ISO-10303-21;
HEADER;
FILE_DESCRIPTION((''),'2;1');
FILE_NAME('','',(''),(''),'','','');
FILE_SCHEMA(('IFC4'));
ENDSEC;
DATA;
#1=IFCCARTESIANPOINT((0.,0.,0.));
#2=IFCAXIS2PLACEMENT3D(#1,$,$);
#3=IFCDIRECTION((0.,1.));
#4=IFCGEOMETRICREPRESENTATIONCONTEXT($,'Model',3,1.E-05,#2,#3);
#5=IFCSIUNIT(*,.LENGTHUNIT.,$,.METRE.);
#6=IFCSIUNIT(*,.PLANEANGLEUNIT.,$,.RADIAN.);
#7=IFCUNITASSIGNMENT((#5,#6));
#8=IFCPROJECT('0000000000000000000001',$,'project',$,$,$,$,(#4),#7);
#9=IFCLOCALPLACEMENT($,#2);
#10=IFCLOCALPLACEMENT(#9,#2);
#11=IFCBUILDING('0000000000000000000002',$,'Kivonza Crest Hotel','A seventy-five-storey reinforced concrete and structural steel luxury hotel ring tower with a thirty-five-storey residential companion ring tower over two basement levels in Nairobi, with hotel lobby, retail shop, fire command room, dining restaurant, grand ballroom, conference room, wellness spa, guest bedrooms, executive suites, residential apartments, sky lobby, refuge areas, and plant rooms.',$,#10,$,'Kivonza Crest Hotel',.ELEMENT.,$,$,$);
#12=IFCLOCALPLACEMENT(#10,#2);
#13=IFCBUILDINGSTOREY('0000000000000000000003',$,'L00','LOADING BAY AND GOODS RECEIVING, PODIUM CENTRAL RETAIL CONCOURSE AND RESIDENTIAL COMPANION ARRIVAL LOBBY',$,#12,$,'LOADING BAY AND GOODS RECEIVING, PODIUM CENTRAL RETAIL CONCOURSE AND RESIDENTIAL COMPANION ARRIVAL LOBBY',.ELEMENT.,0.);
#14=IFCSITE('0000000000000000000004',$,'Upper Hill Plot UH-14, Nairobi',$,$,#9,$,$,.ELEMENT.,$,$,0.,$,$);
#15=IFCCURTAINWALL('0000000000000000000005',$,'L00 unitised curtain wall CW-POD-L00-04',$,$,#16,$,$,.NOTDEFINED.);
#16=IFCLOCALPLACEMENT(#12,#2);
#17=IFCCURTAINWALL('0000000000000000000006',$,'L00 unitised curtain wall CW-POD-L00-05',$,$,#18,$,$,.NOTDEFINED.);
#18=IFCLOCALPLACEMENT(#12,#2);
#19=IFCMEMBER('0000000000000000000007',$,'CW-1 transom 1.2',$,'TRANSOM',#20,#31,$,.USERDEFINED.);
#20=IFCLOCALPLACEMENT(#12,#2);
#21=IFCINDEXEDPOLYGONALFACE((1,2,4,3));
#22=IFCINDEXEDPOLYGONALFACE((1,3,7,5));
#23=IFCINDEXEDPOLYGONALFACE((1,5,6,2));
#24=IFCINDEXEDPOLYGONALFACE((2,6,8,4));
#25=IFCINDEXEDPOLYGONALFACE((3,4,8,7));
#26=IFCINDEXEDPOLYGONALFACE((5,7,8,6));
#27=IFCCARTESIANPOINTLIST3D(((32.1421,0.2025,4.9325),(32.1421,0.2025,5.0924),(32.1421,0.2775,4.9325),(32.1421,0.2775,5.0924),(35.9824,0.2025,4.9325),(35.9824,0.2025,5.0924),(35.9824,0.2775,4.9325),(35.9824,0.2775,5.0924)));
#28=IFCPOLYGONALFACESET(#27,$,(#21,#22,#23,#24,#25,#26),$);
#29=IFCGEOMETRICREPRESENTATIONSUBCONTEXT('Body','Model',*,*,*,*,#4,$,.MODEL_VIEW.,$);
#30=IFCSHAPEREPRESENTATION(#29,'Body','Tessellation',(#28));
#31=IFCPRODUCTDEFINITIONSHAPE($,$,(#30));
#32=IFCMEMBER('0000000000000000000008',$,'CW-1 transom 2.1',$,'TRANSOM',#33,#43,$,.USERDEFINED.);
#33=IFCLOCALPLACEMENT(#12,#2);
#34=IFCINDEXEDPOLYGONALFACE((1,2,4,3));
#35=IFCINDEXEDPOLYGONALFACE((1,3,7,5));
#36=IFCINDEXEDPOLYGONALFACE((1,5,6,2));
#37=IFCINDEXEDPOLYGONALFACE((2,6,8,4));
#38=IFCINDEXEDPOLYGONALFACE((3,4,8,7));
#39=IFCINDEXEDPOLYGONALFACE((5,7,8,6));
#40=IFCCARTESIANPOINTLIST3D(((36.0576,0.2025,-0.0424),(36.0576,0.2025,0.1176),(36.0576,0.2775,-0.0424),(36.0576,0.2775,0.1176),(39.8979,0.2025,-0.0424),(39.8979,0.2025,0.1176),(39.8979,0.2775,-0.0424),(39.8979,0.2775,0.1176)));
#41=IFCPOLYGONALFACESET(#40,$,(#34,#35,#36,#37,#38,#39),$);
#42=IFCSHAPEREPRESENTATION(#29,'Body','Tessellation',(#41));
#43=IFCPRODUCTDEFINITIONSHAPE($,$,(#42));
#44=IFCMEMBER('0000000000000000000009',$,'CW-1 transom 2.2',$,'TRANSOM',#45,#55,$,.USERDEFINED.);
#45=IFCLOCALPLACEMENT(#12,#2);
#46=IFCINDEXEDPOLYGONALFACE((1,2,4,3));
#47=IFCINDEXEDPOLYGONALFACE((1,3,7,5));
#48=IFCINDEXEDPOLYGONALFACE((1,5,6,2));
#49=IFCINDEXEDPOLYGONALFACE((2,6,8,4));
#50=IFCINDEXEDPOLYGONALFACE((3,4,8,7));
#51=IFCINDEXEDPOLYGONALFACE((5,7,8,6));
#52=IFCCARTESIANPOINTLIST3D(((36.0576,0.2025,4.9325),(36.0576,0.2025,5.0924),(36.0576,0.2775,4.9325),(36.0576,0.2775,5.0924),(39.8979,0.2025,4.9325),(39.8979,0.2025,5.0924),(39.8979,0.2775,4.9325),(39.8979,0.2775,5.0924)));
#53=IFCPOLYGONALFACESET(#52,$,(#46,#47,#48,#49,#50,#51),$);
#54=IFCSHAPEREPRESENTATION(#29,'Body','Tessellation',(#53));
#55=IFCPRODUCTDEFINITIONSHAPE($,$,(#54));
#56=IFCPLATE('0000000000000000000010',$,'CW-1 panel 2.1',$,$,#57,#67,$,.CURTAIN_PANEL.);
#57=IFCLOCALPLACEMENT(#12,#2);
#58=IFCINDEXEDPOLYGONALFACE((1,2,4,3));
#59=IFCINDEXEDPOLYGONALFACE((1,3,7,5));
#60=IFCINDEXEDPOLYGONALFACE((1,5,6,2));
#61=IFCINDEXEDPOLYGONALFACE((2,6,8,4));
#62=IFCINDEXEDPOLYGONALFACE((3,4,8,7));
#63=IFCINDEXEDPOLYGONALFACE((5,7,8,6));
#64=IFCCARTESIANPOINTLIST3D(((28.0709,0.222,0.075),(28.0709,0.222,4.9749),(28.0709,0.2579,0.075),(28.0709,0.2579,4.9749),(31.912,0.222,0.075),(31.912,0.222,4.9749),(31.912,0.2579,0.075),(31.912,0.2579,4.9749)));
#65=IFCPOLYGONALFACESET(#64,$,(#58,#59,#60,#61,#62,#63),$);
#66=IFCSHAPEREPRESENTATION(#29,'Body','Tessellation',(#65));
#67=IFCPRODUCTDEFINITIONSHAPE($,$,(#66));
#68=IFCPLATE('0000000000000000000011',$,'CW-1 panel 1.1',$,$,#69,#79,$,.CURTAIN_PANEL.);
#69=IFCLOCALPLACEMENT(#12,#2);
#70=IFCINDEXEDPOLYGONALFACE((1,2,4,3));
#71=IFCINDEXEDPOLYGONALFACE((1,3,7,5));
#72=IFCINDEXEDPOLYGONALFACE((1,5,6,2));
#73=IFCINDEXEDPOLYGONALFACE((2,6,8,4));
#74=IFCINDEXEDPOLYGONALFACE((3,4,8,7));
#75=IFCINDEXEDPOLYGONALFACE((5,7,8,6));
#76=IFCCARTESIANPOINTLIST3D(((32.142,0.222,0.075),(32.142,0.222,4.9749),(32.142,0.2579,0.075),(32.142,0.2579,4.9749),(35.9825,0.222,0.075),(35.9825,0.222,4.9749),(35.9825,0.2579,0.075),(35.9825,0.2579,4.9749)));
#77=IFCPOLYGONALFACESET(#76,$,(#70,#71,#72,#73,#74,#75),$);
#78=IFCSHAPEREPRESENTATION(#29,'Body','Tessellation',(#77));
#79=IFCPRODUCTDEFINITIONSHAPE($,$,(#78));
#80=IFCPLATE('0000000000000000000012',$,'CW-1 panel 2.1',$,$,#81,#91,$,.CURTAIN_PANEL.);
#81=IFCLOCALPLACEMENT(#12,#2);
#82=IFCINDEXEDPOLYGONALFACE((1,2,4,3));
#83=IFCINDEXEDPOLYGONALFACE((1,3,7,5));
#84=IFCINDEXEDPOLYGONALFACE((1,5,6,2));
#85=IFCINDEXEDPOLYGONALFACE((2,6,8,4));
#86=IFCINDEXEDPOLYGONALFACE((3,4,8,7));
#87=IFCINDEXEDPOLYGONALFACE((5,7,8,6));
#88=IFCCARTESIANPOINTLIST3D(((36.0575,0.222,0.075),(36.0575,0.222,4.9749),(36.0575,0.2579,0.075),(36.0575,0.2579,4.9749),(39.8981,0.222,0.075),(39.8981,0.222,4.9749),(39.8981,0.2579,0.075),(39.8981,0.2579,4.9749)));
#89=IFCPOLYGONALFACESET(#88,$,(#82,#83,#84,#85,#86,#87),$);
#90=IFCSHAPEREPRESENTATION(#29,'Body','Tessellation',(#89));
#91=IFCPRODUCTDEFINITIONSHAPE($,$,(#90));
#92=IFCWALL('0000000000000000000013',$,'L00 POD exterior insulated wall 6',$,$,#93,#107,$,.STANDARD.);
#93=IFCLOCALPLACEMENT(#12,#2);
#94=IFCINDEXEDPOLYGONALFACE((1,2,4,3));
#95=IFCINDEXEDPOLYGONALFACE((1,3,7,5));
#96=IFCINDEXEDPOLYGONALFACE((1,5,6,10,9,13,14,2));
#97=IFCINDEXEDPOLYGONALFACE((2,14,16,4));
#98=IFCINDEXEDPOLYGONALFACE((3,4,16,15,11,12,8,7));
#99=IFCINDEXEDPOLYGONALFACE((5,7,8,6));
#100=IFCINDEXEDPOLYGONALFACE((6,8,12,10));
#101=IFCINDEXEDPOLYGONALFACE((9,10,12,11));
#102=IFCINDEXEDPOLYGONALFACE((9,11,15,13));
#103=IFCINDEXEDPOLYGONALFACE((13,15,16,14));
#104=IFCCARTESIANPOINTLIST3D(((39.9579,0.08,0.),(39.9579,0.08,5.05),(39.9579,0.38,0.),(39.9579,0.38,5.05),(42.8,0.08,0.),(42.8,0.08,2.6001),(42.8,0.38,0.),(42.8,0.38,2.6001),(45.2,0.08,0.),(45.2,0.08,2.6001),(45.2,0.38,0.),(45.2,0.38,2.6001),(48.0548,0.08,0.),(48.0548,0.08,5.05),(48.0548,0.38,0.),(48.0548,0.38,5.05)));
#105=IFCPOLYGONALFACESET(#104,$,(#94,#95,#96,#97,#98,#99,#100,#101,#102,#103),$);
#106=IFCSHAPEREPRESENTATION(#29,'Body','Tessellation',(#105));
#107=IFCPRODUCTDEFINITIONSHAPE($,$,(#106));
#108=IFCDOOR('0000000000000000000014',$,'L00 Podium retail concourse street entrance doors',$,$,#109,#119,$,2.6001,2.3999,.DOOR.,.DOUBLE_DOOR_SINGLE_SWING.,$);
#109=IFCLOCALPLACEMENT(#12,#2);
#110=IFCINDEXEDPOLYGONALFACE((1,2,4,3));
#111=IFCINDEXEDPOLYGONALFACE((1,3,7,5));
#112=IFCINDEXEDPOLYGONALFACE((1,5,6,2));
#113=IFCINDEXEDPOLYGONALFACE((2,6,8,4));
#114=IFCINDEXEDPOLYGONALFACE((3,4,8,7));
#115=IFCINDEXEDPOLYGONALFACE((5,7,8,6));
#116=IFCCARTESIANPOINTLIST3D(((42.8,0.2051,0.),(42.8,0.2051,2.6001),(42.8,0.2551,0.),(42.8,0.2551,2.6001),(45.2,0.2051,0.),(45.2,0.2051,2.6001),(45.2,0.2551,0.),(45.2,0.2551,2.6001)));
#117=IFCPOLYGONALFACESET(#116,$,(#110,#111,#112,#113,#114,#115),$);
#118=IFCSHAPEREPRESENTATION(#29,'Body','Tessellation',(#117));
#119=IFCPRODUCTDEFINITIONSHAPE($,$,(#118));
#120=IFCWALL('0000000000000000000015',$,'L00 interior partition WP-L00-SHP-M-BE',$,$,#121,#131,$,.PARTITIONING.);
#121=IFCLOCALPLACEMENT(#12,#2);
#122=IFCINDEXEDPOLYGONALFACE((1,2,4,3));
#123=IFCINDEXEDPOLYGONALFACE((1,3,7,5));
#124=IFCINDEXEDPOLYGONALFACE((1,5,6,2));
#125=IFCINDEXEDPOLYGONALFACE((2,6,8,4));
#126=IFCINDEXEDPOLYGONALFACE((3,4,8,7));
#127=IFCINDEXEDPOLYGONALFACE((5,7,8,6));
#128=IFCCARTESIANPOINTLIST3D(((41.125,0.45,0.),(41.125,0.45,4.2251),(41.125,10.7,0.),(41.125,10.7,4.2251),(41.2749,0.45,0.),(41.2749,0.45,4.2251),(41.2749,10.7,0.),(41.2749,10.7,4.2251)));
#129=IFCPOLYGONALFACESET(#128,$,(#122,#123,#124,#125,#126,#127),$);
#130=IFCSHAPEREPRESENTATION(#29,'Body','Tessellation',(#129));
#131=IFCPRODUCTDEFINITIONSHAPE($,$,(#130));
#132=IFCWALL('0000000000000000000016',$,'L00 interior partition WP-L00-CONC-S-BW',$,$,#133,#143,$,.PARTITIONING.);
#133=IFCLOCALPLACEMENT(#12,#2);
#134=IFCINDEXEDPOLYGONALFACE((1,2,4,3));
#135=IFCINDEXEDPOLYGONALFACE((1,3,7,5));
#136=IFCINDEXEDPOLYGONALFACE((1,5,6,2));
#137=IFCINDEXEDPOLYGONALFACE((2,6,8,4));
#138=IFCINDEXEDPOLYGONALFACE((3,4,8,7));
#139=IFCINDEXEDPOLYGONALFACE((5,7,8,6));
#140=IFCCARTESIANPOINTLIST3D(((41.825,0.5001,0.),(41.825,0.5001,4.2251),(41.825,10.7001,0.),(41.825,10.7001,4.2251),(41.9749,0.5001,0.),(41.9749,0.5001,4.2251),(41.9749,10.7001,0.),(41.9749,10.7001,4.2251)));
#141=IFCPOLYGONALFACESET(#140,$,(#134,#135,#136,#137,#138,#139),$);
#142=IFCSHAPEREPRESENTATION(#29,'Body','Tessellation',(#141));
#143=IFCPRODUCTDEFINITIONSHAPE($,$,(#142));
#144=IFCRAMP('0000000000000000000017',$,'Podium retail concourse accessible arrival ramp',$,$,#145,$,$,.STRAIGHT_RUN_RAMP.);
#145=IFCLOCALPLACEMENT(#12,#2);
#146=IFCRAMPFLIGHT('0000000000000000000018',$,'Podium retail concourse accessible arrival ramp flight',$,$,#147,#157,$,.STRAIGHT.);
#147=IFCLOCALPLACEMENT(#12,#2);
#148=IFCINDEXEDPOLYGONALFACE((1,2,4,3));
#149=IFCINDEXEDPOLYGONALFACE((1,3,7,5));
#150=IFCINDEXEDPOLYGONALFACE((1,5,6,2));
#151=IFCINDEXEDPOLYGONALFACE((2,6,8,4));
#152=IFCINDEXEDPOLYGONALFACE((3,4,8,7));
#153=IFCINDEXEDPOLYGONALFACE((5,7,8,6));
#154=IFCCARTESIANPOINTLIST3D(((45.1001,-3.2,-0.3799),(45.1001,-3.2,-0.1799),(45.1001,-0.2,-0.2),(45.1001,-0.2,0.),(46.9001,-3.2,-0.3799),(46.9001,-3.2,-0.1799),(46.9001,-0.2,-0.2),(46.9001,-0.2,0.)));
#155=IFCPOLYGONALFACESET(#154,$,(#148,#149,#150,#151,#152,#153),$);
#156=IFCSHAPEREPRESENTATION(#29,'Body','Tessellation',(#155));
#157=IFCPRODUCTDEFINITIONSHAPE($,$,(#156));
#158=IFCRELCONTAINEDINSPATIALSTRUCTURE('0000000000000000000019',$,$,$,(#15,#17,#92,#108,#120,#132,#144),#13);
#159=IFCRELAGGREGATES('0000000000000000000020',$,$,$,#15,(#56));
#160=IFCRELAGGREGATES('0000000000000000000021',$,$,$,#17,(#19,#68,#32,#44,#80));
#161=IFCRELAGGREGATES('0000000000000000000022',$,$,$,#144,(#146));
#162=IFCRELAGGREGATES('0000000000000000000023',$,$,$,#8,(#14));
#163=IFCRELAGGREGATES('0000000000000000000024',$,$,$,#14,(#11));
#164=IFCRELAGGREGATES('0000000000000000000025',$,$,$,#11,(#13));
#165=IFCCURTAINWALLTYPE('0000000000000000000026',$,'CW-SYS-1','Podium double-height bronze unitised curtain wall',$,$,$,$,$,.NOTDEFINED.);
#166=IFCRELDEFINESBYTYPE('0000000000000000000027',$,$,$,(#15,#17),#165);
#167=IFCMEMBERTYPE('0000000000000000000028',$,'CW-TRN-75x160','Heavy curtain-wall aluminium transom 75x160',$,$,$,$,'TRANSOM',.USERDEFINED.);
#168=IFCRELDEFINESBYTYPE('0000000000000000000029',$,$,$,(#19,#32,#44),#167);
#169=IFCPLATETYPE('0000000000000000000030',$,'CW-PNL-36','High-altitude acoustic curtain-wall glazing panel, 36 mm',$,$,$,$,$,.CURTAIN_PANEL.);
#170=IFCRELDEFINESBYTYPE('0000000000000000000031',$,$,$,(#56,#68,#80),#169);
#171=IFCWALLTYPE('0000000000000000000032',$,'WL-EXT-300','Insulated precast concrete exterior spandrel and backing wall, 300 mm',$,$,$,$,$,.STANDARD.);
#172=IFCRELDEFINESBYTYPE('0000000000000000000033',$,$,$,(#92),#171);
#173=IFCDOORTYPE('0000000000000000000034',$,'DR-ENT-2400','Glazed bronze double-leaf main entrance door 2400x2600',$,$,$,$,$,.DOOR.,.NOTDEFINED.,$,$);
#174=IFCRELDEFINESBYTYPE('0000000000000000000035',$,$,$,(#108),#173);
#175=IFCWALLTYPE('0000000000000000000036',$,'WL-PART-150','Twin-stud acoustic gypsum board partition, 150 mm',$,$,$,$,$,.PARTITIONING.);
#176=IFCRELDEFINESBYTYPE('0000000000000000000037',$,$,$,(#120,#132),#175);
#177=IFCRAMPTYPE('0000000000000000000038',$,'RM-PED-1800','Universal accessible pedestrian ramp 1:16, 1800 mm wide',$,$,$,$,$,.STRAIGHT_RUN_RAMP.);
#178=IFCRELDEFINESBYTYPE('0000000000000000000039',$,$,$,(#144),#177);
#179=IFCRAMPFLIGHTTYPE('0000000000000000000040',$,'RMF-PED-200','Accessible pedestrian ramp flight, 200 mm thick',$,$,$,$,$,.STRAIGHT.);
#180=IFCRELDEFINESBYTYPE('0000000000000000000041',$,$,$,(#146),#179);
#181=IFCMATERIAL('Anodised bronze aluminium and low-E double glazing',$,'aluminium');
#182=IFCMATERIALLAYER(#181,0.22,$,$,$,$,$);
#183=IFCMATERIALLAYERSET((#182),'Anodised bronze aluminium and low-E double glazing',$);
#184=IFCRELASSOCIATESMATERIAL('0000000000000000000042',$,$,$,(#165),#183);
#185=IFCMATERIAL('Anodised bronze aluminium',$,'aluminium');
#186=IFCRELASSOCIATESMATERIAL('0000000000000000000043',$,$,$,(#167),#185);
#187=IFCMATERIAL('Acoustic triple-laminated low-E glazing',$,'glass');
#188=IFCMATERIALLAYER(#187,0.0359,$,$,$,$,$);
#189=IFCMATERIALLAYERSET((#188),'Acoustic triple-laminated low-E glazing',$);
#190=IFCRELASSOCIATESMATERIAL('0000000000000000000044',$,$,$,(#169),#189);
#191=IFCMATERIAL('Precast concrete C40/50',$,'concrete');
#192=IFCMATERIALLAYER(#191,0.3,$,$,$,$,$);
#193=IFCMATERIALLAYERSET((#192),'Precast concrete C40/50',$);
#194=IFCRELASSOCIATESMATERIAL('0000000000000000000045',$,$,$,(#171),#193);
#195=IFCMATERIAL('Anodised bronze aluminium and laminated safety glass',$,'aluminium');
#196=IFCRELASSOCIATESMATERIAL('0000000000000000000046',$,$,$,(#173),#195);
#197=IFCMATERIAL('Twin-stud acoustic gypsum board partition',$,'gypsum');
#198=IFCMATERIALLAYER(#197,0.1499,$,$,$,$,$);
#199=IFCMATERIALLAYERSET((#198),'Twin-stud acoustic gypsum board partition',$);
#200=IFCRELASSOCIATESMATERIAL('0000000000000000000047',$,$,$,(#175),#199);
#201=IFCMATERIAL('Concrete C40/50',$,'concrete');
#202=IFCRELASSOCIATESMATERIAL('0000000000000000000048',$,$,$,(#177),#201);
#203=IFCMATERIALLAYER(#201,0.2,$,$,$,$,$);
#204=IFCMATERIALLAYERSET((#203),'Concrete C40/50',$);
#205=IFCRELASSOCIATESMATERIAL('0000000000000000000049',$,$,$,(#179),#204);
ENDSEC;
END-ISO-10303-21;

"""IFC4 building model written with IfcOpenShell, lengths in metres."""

from ifc_helpers import new_model, si_unit, direction, frame, frame_2d, origin, origin_2d, place, context, subcontext, project, spatial, polyline, rectangle, outline, extrude, material, layer, layer_set, material_profile, profile_set, type_object, element, fill, aggregate, save


model = new_model("IFC4")

# Units and contexts
model_context = context("Model", 3, precision=1e-05, world=origin(), true_north=direction((0.0, 1.0)))
body_context = subcontext(model_context, "Body", "Model", "MODEL_VIEW")
ifc_project = project(units=[si_unit("LENGTHUNIT", "METRE"), si_unit("PLANEANGLEUNIT", "RADIAN")], contexts=[model_context])

# Site, building, storey
site_placement = place(None, origin())
site = spatial("IfcSite", under=ifc_project, at=site_placement, Name="Upper Hill Plot UH-14, Nairobi", CompositionType="ELEMENT", RefElevation=0.0)
building_placement = place(site_placement, origin())
building = spatial("IfcBuilding", under=site, at=building_placement, Name="Kivonza Crest Hotel", Description="A seventy-five-storey reinforced concrete and structural steel luxury hotel ring tower with a thirty-five-storey residential companion ring tower over two basement levels in Nairobi, with hotel lobby, retail shop, fire command room, dining restaurant, grand ballroom, conference room, wellness spa, guest bedrooms, executive suites, residential apartments, sky lobby, refuge areas, and plant rooms.", LongName="Kivonza Crest Hotel", CompositionType="ELEMENT")
storey_placement = place(building_placement, origin())
storey = spatial("IfcBuildingStorey", under=building, at=storey_placement, Name="L00", Description="LOADING BAY AND GOODS RECEIVING, PODIUM CENTRAL RETAIL CONCOURSE AND RESIDENTIAL COMPANION ARRIVAL LOBBY", LongName="LOADING BAY AND GOODS RECEIVING, PODIUM CENTRAL RETAIL CONCOURSE AND RESIDENTIAL COMPANION ARRIVAL LOBBY", CompositionType="ELEMENT", Elevation=0.0)

# Curtain wall
ifc_material_1 = material(Name="Anodised bronze aluminium and low-E double glazing", Category="aluminium")
ifc_layer_1 = layer(ifc_material_1, 0.22)
ifc_layer_set_1 = layer_set([ifc_layer_1], Name="Anodised bronze aluminium and low-E double glazing")
curtain_wall_type = type_object("IfcCurtainWallType", Name="CW-SYS-1", Description="Podium double-height bronze unitised curtain wall", PredefinedType="NOTDEFINED", material=ifc_layer_set_1)
curtain_wall_1_placement = place(storey_placement, origin())
curtain_wall_1 = element("IfcCurtainWall", 1, at=curtain_wall_1_placement, inside=storey, type_object=curtain_wall_type, Name="L00 unitised curtain wall CW-POD-L00-04", PredefinedType="NOTDEFINED")
ifc_material_2 = material(Name="Anodised bronze aluminium", Category="aluminium")

# Curtain wall, members
curtain_wall_2_placement = place(storey_placement, origin())
curtain_wall_2 = element("IfcCurtainWall", 2, at=curtain_wall_2_placement, inside=storey, type_object=curtain_wall_type, Name="L00 unitised curtain wall CW-POD-L00-05", PredefinedType="NOTDEFINED")
ifc_material_profile_1 = material_profile(ifc_material_2, rectangle(XDim=0.075, YDim=0.1599, at=origin_2d()), Name="CW-T 75x160")
ifc_profile_set_1 = profile_set([ifc_material_profile_1], Name="Anodised bronze aluminium")
member_type_1 = type_object("IfcMemberType", Name="CW-TRN-75x160", Description="Heavy curtain-wall aluminium transom 75x160", ElementType="TRANSOM", PredefinedType="USERDEFINED", material=ifc_profile_set_1)
member_1_placement = place(storey_placement, frame((32.1421, 0.24, 5.0125), z_axis=(1.0, 0.0, 0.0), x_axis=(0.0, 1.0, 0.0)))
member_1 = element("IfcMember", 3, at=member_1_placement, type_object=member_type_1, Name="CW-1 transom 1.2", ObjectType="TRANSOM", PredefinedType="USERDEFINED", context=body_context, shape_type="SweptSolid", body=[
    extrude(rectangle(XDim=0.075, YDim=0.1599, at=origin_2d()), origin(), (0.0, 0.0, 1.0), 3.8403),
])
member_2_placement = place(storey_placement, frame((36.0576, 0.24, 0.0376), z_axis=(1.0, 0.0, 0.0), x_axis=(0.0, 1.0, 0.0)))
member_2 = element("IfcMember", 4, at=member_2_placement, type_object=member_type_1, Name="CW-1 transom 2.1", ObjectType="TRANSOM", PredefinedType="USERDEFINED", context=body_context, shape_type="SweptSolid", body=[
    extrude(rectangle(XDim=0.075, YDim=0.1599, at=origin_2d()), origin(), (0.0, 0.0, 1.0), 3.8403),
])
member_3_placement = place(storey_placement, frame((36.0576, 0.24, 5.0125), z_axis=(1.0, 0.0, 0.0), x_axis=(0.0, 1.0, 0.0)))
member_3 = element("IfcMember", 5, at=member_3_placement, type_object=member_type_1, Name="CW-1 transom 2.2", ObjectType="TRANSOM", PredefinedType="USERDEFINED", context=body_context, shape_type="SweptSolid", body=[
    extrude(rectangle(XDim=0.075, YDim=0.1599, at=origin_2d()), origin(), (0.0, 0.0, 1.0), 3.8403),
])

# Plates
ifc_material_3 = material(Name="Acoustic triple-laminated low-E glazing", Category="glass")
ifc_layer_2 = layer(ifc_material_3, 0.0359)
ifc_layer_set_2 = layer_set([ifc_layer_2], Name="Acoustic triple-laminated low-E glazing")
plate_type = type_object("IfcPlateType", Name="CW-PNL-36", Description="High-altitude acoustic curtain-wall glazing panel, 36 mm", PredefinedType="CURTAIN_PANEL", material=ifc_layer_set_2)
plate_1_placement = place(storey_placement, frame((29.9915, 0.24, 0.075), z_axis=(0.0, 0.0, 1.0), x_axis=(1.0, 0.0, 0.0)))
plate_1 = element("IfcPlate", 6, at=plate_1_placement, type_object=plate_type, Name="CW-1 panel 2.1", PredefinedType="CURTAIN_PANEL", context=body_context, shape_type="SweptSolid", body=[
    extrude(rectangle(XDim=3.8411, YDim=0.0359, at=origin_2d()), origin(), (0.0, 0.0, 1.0), 4.8999),
])
aggregate(curtain_wall_1, [plate_1])
plate_2_placement = place(storey_placement, frame((34.0623, 0.24, 0.075), z_axis=(0.0, 0.0, 1.0), x_axis=(1.0, 0.0, 0.0)))
plate_2 = element("IfcPlate", 7, at=plate_2_placement, type_object=plate_type, Name="CW-1 panel 1.1", PredefinedType="CURTAIN_PANEL", context=body_context, shape_type="SweptSolid", body=[
    extrude(rectangle(XDim=3.8406, YDim=0.0359, at=origin_2d()), origin(), (0.0, 0.0, 1.0), 4.8999),
])
plate_3_placement = place(storey_placement, frame((37.9778, 0.24, 0.075), z_axis=(0.0, 0.0, 1.0), x_axis=(1.0, 0.0, 0.0)))
plate_3 = element("IfcPlate", 8, at=plate_3_placement, type_object=plate_type, Name="CW-1 panel 2.1", PredefinedType="CURTAIN_PANEL", context=body_context, shape_type="SweptSolid", body=[
    extrude(rectangle(XDim=3.8406, YDim=0.0359, at=origin_2d()), origin(), (0.0, 0.0, 1.0), 4.8999),
])
aggregate(curtain_wall_2, [member_1, plate_2, member_2, member_3, plate_3])

# Wall, opening, door
ifc_material_4 = material(Name="Precast concrete C40/50", Category="concrete")
ifc_layer_3 = layer(ifc_material_4, 0.3)
ifc_layer_set_3 = layer_set([ifc_layer_3], Name="Precast concrete C40/50")
wall_type_1 = type_object("IfcWallType", Name="WL-EXT-300", Description="Insulated precast concrete exterior spandrel and backing wall, 300 mm", PredefinedType="STANDARD", material=ifc_layer_set_3)
wall_1_placement = place(storey_placement, frame((39.958, 0.23, 0.0), z_axis=(0.0, 0.0, 1.0), x_axis=(1.0, 0.0, 0.0)))
wall_1 = element("IfcWall", 9, at=wall_1_placement, inside=storey, type_object=wall_type_1, Name="L00 POD exterior insulated wall 6", PredefinedType="STANDARD", context=body_context, shape_type="SweptSolid", body=[
    extrude(rectangle(XDim=8.0969, YDim=0.3, at=frame_2d((4.0483, 0.0))), origin(), (0.0, 0.0, 1.0), 5.05),
])
opening_placement = place(wall_1_placement, frame((2.842, 0.0, 0.0)))
opening = element("IfcOpeningElement", 10, at=opening_placement, cuts=wall_1, PredefinedType="OPENING", context=body_context, shape_type="SweptSolid", body=[
    extrude(rectangle(XDim=2.3999, YDim=2.6001, at=frame_2d((1.2, 1.3))), frame((0.0, 0.1602, 0.0), z_axis=(0.0, -1.0, 0.0), x_axis=(1.0, 0.0, 0.0)), (0.0, 0.0, 1.0), 0.3201),
])
ifc_material_5 = material(Name="Anodised bronze aluminium and laminated safety glass", Category="aluminium")
door_type = type_object("IfcDoorType", Name="DR-ENT-2400", Description="Glazed bronze double-leaf main entrance door 2400x2600", OperationType="NOTDEFINED", PredefinedType="DOOR", material=ifc_material_5)
door_placement = place(opening_placement, frame((2.3999, 0.0, 0.0), z_axis=(0.0, 0.0, 1.0), x_axis=(-1.0, 0.0, 0.0)))
door = element("IfcDoor", 11, at=door_placement, inside=storey, type_object=door_type, Name="L00 Podium retail concourse street entrance doors", OperationType="DOUBLE_DOOR_SINGLE_SWING", OverallHeight=2.6001, OverallWidth=2.3999, PredefinedType="DOOR", context=body_context, shape_type="SweptSolid", body=[
    extrude(rectangle(XDim=2.3999, YDim=2.6001, at=frame_2d((1.2, 1.3))), frame((0.0, 0.0249, 0.0), z_axis=(0.0, -1.0, 0.0), x_axis=(1.0, 0.0, 0.0)), (0.0, 0.0, 1.0), 0.05),
])
fill(opening, door)

# Walls
ifc_material_6 = material(Name="Twin-stud acoustic gypsum board partition", Category="gypsum")
ifc_layer_4 = layer(ifc_material_6, 0.1499)
ifc_layer_set_4 = layer_set([ifc_layer_4], Name="Twin-stud acoustic gypsum board partition")
wall_type_2 = type_object("IfcWallType", Name="WL-PART-150", Description="Twin-stud acoustic gypsum board partition, 150 mm", PredefinedType="PARTITIONING", material=ifc_layer_set_4)
wall_2_placement = place(storey_placement, frame((41.2, 0.45, 0.0), z_axis=(0.0, 0.0, 1.0), x_axis=(0.0, 1.0, 0.0)))
element("IfcWall", 12, at=wall_2_placement, inside=storey, type_object=wall_type_2, Name="L00 interior partition WP-L00-SHP-M-BE", PredefinedType="PARTITIONING", context=body_context, shape_type="SweptSolid", body=[
    extrude(rectangle(XDim=10.25, YDim=0.1499, at=frame_2d((5.125, 0.0))), origin(), (0.0, 0.0, 1.0), 4.2251),
])
wall_3_placement = place(storey_placement, frame((41.8999, 0.5, 0.0), z_axis=(0.0, 0.0, 1.0), x_axis=(0.0, 1.0, 0.0)))
element("IfcWall", 13, at=wall_3_placement, inside=storey, type_object=wall_type_2, Name="L00 interior partition WP-L00-CONC-S-BW", PredefinedType="PARTITIONING", context=body_context, shape_type="SweptSolid", body=[
    extrude(rectangle(XDim=10.2, YDim=0.1499, at=frame_2d((5.1001, 0.0))), origin(), (0.0, 0.0, 1.0), 4.2251),
])

# Ramp, ramp flight
ifc_material_7 = material(Name="Concrete C40/50", Category="concrete")
ramp_type = type_object("IfcRampType", Name="RM-PED-1800", Description="Universal accessible pedestrian ramp 1:16, 1800 mm wide", PredefinedType="STRAIGHT_RUN_RAMP", material=ifc_material_7)
ramp_placement = place(storey_placement, origin())
ramp = element("IfcRamp", 14, at=ramp_placement, inside=storey, type_object=ramp_type, Name="Podium retail concourse accessible arrival ramp", PredefinedType="STRAIGHT_RUN_RAMP")
ifc_layer_5 = layer(ifc_material_7, 0.2)
ifc_layer_set_5 = layer_set([ifc_layer_5], Name="Concrete C40/50")
ramp_flight_type = type_object("IfcRampFlightType", Name="RMF-PED-200", Description="Accessible pedestrian ramp flight, 200 mm thick", PredefinedType="STRAIGHT", material=ifc_layer_set_5)
ramp_flight_placement = place(storey_placement, frame((46.0, -3.2, -0.1799), z_axis=(0.0, 0.0, 1.0), x_axis=(0.0, 1.0, 0.0)))
ramp_flight = element("IfcRampFlight", 15, at=ramp_flight_placement, type_object=ramp_flight_type, Name="Podium retail concourse accessible arrival ramp flight", PredefinedType="STRAIGHT", context=body_context, shape_type="SweptSolid", body=[
    extrude(outline(polyline([(0.0, 0.0), (3.0, 0.1799), (3.0, -0.02), (0.0, -0.2), (0.0, 0.0)])), frame((0.0, 0.8999, 0.0), z_axis=(0.0, -1.0, 0.0), x_axis=(1.0, 0.0, 0.0)), (0.0, 0.0, 1.0), 1.8),
])
aggregate(ramp, [ramp_flight])

save(model, "model.ifc")
